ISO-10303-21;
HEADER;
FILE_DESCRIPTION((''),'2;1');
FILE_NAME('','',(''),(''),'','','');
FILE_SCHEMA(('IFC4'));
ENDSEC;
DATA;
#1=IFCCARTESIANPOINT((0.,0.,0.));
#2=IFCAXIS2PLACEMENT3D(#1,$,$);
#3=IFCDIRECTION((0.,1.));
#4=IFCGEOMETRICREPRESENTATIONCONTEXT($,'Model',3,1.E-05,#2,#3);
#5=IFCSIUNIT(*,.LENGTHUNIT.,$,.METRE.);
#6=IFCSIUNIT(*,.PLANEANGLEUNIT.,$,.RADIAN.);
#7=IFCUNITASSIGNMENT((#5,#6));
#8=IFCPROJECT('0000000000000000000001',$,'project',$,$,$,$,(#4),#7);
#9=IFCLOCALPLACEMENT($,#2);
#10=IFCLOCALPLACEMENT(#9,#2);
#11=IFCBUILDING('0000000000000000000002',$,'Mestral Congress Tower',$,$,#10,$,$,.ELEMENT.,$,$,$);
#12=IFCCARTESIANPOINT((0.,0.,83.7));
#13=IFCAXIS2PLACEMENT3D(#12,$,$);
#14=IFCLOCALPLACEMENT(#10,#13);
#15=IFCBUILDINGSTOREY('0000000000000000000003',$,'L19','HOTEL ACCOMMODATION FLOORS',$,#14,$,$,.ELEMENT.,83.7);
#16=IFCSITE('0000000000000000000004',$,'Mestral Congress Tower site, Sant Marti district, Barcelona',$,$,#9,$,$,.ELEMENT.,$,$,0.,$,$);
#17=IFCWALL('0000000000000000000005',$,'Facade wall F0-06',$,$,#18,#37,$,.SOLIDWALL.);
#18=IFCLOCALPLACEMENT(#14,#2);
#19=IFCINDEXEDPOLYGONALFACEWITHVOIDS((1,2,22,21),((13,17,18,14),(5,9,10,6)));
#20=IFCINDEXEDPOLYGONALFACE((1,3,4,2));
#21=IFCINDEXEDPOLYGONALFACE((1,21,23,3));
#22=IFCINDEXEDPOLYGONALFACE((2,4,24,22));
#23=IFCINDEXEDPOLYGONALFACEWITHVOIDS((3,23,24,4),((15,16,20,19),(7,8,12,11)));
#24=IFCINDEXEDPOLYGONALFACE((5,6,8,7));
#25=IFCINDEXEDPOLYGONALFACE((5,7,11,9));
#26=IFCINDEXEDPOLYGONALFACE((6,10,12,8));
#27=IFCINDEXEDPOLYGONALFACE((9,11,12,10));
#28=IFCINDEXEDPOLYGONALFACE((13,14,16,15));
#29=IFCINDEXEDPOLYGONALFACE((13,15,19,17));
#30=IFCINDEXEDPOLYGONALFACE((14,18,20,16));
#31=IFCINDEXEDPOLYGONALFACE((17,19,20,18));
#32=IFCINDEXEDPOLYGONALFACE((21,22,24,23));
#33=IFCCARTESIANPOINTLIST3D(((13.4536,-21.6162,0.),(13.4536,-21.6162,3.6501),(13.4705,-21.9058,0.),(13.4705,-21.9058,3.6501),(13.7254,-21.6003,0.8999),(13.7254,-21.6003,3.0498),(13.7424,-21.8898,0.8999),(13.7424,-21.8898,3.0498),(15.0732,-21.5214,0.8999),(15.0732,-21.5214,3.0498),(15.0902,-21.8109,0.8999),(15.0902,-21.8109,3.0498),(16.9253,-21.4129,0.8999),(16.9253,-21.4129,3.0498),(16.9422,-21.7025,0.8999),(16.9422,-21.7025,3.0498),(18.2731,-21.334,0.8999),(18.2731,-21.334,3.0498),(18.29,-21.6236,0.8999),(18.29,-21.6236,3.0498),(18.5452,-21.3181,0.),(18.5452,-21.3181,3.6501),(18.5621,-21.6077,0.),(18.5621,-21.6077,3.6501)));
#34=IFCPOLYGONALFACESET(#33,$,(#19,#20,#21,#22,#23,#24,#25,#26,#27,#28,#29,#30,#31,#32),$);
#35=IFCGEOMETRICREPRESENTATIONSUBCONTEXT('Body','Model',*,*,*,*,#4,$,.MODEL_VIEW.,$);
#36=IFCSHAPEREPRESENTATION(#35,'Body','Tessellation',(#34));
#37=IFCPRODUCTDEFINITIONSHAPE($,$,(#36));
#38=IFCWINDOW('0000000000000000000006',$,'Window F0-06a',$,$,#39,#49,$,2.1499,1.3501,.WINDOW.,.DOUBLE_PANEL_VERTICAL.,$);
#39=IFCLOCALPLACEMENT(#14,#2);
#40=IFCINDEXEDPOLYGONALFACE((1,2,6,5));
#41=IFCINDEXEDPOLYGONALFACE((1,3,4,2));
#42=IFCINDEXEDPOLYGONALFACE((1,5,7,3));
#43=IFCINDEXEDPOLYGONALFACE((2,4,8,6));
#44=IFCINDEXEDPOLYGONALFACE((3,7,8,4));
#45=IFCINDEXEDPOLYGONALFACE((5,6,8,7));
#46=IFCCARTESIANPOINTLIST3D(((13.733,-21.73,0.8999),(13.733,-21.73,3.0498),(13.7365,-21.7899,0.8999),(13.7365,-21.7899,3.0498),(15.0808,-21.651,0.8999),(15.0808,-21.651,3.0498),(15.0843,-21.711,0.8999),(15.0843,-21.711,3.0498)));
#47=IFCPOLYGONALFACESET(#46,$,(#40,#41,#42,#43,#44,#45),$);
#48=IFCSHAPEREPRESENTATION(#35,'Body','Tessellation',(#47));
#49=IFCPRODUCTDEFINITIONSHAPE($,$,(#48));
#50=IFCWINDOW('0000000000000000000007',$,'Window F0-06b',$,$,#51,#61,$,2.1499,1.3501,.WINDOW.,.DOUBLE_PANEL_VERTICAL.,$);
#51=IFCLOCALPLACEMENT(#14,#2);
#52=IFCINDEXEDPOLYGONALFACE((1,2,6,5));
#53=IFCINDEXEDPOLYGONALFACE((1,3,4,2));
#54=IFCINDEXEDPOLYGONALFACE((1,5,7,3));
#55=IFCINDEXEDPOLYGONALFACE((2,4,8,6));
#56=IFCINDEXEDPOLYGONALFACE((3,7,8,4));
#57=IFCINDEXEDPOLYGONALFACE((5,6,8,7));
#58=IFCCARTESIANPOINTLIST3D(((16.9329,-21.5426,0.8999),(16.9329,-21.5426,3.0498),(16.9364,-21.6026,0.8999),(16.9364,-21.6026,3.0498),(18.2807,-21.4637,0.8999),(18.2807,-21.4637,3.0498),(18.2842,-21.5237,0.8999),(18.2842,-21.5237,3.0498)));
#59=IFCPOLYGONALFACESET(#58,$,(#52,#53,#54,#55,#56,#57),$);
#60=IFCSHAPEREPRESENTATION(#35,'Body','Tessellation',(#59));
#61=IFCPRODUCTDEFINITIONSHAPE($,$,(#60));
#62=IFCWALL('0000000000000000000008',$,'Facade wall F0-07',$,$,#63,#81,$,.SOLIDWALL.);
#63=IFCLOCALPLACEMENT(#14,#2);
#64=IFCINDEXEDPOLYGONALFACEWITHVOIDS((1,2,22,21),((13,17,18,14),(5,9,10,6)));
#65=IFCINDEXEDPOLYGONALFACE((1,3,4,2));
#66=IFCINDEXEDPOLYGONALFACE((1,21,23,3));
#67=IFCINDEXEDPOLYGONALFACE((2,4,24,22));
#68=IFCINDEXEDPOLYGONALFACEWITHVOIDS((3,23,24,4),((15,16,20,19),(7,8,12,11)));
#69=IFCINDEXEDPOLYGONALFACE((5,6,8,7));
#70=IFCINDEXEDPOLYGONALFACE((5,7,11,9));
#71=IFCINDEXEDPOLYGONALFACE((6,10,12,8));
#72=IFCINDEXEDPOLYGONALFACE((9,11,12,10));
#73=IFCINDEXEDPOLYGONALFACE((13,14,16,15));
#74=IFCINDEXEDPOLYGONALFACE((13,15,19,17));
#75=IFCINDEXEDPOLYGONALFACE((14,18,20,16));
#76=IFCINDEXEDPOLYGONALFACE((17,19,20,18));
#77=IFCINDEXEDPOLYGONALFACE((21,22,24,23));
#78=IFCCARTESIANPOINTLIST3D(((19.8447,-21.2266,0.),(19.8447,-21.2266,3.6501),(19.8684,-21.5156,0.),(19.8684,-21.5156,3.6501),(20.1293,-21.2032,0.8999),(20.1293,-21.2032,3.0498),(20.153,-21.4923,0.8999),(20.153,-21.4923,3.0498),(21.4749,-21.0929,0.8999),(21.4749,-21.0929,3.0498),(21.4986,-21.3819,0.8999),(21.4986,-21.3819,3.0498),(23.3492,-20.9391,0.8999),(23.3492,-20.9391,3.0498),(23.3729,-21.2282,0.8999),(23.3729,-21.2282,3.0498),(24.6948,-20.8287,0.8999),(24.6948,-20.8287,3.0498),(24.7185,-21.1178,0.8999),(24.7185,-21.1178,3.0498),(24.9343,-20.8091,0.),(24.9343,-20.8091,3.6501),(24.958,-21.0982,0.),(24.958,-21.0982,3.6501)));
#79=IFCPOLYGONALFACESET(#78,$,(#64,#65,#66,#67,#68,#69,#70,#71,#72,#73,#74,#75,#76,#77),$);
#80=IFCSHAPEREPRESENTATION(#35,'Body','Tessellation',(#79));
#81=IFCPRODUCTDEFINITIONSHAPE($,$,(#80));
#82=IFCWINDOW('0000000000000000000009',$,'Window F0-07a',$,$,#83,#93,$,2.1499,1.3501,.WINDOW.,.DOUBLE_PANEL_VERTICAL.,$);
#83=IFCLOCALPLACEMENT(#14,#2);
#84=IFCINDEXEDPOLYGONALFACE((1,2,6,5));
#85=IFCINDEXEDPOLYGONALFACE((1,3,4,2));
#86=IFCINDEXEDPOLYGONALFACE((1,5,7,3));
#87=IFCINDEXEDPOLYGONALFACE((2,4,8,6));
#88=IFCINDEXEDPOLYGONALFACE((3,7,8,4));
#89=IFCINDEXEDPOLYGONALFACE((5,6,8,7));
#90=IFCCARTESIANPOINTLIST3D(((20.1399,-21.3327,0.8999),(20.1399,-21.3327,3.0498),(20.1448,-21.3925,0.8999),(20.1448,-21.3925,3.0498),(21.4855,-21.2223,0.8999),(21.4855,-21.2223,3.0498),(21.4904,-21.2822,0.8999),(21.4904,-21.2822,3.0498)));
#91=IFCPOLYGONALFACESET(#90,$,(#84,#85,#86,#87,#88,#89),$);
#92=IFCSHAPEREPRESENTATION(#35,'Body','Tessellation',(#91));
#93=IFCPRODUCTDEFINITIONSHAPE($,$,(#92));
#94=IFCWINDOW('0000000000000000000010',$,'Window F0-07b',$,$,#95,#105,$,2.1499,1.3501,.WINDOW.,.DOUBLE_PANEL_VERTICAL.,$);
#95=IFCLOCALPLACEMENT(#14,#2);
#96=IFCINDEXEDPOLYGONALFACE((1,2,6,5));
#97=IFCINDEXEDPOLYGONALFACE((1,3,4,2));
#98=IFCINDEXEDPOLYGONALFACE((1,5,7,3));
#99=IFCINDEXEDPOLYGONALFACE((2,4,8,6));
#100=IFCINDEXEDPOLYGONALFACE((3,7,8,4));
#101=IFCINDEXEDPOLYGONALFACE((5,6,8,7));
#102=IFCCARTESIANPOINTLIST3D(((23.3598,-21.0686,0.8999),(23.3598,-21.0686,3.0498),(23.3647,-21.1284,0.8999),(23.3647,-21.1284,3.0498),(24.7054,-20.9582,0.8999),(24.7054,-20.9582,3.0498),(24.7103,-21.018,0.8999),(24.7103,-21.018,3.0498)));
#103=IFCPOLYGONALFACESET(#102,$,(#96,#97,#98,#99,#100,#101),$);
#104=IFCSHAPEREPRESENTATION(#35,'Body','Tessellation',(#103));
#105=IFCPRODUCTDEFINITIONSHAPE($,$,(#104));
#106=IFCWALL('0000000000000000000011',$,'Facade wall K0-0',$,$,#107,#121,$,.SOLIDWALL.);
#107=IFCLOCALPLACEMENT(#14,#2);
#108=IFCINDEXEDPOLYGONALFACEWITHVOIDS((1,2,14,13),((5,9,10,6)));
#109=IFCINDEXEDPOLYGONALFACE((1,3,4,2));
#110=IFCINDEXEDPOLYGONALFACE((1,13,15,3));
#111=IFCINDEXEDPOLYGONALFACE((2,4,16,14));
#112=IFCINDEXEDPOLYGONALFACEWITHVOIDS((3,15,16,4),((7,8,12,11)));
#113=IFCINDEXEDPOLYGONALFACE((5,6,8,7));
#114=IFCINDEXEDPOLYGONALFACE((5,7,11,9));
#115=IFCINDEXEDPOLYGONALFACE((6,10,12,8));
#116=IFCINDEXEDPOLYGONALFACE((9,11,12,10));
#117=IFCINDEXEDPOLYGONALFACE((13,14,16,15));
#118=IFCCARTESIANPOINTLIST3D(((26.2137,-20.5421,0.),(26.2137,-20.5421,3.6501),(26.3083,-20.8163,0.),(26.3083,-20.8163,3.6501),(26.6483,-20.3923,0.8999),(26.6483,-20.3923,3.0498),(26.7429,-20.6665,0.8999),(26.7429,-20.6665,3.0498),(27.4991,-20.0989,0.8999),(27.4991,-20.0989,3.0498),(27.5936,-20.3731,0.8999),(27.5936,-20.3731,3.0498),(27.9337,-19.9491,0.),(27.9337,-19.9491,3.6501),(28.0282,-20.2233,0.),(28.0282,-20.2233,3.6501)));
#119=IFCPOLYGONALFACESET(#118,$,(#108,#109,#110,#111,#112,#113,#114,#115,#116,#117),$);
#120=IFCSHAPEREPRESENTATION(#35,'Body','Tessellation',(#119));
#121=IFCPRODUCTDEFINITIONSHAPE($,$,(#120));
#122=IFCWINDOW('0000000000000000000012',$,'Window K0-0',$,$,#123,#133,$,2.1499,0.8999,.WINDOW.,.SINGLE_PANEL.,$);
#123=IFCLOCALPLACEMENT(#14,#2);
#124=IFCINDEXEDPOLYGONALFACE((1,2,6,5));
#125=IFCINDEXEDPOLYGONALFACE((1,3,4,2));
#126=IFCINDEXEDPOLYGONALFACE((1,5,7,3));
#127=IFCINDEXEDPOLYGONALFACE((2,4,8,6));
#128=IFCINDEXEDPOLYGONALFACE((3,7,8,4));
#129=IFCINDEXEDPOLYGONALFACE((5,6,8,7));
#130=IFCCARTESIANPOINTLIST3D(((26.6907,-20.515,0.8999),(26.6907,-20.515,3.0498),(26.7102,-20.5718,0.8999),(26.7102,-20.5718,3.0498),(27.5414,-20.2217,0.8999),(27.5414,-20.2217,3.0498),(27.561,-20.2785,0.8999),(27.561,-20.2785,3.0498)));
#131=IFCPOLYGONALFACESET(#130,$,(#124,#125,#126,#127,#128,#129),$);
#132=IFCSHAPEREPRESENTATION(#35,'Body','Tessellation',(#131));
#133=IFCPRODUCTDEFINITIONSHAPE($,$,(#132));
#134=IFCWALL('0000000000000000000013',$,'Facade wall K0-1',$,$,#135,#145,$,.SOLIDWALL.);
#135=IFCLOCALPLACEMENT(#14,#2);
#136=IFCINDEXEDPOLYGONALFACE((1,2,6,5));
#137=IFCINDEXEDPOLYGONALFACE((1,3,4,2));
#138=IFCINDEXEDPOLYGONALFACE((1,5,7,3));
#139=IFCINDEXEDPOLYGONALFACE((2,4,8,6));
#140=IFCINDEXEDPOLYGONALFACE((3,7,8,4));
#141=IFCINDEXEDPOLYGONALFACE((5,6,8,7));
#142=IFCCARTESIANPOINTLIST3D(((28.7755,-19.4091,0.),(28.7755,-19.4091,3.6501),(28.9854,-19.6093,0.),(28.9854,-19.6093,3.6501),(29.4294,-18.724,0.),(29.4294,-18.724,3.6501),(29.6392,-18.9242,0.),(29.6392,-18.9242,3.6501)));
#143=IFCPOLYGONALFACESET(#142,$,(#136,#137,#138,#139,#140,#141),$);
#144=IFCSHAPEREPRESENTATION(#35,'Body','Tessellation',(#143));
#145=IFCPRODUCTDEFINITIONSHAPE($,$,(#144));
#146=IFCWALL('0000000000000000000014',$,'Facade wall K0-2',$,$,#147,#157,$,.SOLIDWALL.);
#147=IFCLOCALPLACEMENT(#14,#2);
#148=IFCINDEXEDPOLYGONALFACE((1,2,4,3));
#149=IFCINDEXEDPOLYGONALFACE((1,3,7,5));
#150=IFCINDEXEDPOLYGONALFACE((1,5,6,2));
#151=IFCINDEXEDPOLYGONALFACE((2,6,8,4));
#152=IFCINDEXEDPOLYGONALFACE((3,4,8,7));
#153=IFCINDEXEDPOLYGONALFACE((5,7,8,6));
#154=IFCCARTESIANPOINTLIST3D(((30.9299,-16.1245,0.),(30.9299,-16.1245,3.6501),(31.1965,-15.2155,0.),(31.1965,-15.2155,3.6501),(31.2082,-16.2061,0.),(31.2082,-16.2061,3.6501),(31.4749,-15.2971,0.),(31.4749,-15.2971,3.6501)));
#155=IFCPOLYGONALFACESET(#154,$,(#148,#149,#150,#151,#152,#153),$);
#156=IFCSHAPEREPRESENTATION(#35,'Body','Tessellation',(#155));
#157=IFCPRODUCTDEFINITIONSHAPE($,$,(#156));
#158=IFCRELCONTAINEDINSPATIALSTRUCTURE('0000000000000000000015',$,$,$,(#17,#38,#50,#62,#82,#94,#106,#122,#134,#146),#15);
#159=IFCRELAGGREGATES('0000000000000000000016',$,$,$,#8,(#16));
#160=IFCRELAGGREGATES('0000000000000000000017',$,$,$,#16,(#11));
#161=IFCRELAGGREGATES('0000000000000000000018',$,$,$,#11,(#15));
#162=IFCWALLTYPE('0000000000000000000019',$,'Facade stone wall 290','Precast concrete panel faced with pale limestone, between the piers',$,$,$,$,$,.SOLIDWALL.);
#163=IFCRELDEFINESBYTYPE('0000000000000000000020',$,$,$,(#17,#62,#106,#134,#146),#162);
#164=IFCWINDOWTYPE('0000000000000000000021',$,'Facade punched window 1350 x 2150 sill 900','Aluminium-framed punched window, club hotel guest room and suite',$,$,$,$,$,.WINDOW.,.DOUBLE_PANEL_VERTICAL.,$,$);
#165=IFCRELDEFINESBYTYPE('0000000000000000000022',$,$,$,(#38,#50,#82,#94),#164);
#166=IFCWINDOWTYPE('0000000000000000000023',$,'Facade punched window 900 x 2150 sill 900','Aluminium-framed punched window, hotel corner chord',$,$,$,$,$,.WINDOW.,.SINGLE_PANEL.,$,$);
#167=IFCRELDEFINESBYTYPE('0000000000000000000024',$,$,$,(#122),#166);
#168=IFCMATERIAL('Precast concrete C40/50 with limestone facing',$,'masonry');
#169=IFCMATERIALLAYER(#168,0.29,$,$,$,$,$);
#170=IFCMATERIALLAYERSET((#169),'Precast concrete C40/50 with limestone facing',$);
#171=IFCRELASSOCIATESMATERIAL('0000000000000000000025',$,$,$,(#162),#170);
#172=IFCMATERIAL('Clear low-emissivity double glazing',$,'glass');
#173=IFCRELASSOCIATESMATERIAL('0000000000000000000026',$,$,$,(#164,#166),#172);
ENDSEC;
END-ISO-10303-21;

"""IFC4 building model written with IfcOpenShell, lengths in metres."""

from ifc_helpers import new_model, si_unit, direction, frame, frame_2d, origin, place, context, subcontext, project, spatial, rectangle, extrude, material, layer, layer_set, type_object, element, fill, save


model = new_model("IFC4")

# Units and contexts
model_context = context("Model", 3, precision=1e-05, world=origin(), true_north=direction((0.0, 1.0)))
body_context = subcontext(model_context, "Body", "Model", "MODEL_VIEW")
ifc_project = project(units=[si_unit("LENGTHUNIT", "METRE"), si_unit("PLANEANGLEUNIT", "RADIAN")], contexts=[model_context])

# Site, building, storey
site_placement = place(None, origin())
site = spatial("IfcSite", under=ifc_project, at=site_placement, Name="Mestral Congress Tower site, Sant Marti district, Barcelona", CompositionType="ELEMENT", RefElevation=0.0)
building_placement = place(site_placement, origin())
building = spatial("IfcBuilding", under=site, at=building_placement, Name="Mestral Congress Tower", CompositionType="ELEMENT")
storey_placement = place(building_placement, frame((0.0, 0.0, 83.7)))
storey = spatial("IfcBuildingStorey", under=building, at=storey_placement, Name="L19", Description="HOTEL ACCOMMODATION FLOORS", CompositionType="ELEMENT", Elevation=83.7)

# Walls, openings, windows
ifc_material_1 = material(Name="Precast concrete C40/50 with limestone facing", Category="masonry")
ifc_layer_1 = layer(ifc_material_1, 0.29)
ifc_layer_set_1 = layer_set([ifc_layer_1], Name="Precast concrete C40/50 with limestone facing")
wall_type_1 = type_object("IfcWallType", Name="Facade stone wall 290", Description="Precast concrete panel faced with pale limestone, between the piers", PredefinedType="SOLIDWALL", material=ifc_layer_set_1)
wall_1_placement = place(storey_placement, frame((13.4619, -21.761, 0.0), z_axis=(0.0, 0.0, 1.0), x_axis=(0.998291, 0.058447, 0.0)))
wall_1 = element("IfcWall", 1, at=wall_1_placement, inside=storey, type_object=wall_type_1, Name="Facade wall F0-06", PredefinedType="SOLIDWALL", context=body_context, shape_type="SweptSolid", body=[
    extrude(rectangle(XDim=5.1003, YDim=0.29, at=frame_2d((2.5503, 0.0))), origin(), (0.0, 0.0, 1.0), 3.6501),
])
opening_1_placement = place(wall_1_placement, frame((0.2725, 0.0, 0.8999)))
opening_1 = element("IfcOpeningElement", 2, at=opening_1_placement, cuts=wall_1, PredefinedType="OPENING", context=body_context, shape_type="SweptSolid", body=[
    extrude(rectangle(XDim=1.3501, YDim=2.1499, at=frame_2d((0.675, 1.075))), frame((0.0, 0.155, 0.0), z_axis=(0.0, -1.0, 0.0), x_axis=(1.0, 0.0, 0.0)), (0.0, 0.0, 1.0), 0.3101),
])
opening_2_placement = place(wall_1_placement, frame((3.4778, 0.0, 0.8999)))
opening_2 = element("IfcOpeningElement", 3, at=opening_2_placement, cuts=wall_1, PredefinedType="OPENING", context=body_context, shape_type="SweptSolid", body=[
    extrude(rectangle(XDim=1.3501, YDim=2.1499, at=frame_2d((0.675, 1.075))), frame((0.0, 0.155, 0.0), z_axis=(0.0, -1.0, 0.0), x_axis=(1.0, 0.0, 0.0)), (0.0, 0.0, 1.0), 0.3101),
])
ifc_material_2 = material(Name="Clear low-emissivity double glazing", Category="glass")
window_type_1 = type_object("IfcWindowType", Name="Facade punched window 1350 x 2150 sill 900", Description="Aluminium-framed punched window, club hotel guest room and suite", PartitioningType="DOUBLE_PANEL_VERTICAL", PredefinedType="WINDOW", material=ifc_material_2)
window_1_placement = place(opening_1_placement, origin())
window_1 = element("IfcWindow", 4, at=window_1_placement, inside=storey, type_object=window_type_1, Name="Window F0-06a", OverallHeight=2.1499, OverallWidth=1.3501, PartitioningType="DOUBLE_PANEL_VERTICAL", PredefinedType="WINDOW", context=body_context, shape_type="SweptSolid", body=[
    extrude(rectangle(XDim=1.3501, YDim=2.1499, at=frame_2d((0.675, 1.075))), frame((0.0, 0.0151, 0.0), z_axis=(0.0, -1.0, 0.0), x_axis=(1.0, 0.0, 0.0)), (0.0, 0.0, 1.0), 0.0601),
])
fill(opening_1, window_1)
window_2_placement = place(opening_2_placement, origin())
window_2 = element("IfcWindow", 5, at=window_2_placement, inside=storey, type_object=window_type_1, Name="Window F0-06b", OverallHeight=2.1499, OverallWidth=1.3501, PartitioningType="DOUBLE_PANEL_VERTICAL", PredefinedType="WINDOW", context=body_context, shape_type="SweptSolid", body=[
    extrude(rectangle(XDim=1.3501, YDim=2.1499, at=frame_2d((0.675, 1.075))), frame((0.0, 0.0151, 0.0), z_axis=(0.0, -1.0, 0.0), x_axis=(1.0, 0.0, 0.0)), (0.0, 0.0, 1.0), 0.0601),
])
fill(opening_2, window_2)
wall_2_placement = place(storey_placement, frame((19.8567, -21.3711, 0.0), z_axis=(0.0, 0.0, 1.0), x_axis=(0.996653, 0.081752, 0.0)))
wall_2 = element("IfcWall", 6, at=wall_2_placement, inside=storey, type_object=wall_type_1, Name="Facade wall F0-07", PredefinedType="SOLIDWALL", context=body_context, shape_type="SweptSolid", body=[
    extrude(rectangle(XDim=5.1067, YDim=0.29, at=frame_2d((2.5532, 0.0))), origin(), (0.0, 0.0, 1.0), 3.6501),
])
opening_3_placement = place(wall_2_placement, frame((0.2854, 0.0, 0.8999)))
opening_3 = element("IfcOpeningElement", 7, at=opening_3_placement, cuts=wall_2, PredefinedType="OPENING", context=body_context, shape_type="SweptSolid", body=[
    extrude(rectangle(XDim=1.3501, YDim=2.1499, at=frame_2d((0.675, 1.075))), frame((0.0, 0.155, 0.0), z_axis=(0.0, -1.0, 0.0), x_axis=(1.0, 0.0, 0.0)), (0.0, 0.0, 1.0), 0.3101),
])
opening_4_placement = place(wall_2_placement, frame((3.5161, 0.0, 0.8999)))
opening_4 = element("IfcOpeningElement", 8, at=opening_4_placement, cuts=wall_2, PredefinedType="OPENING", context=body_context, shape_type="SweptSolid", body=[
    extrude(rectangle(XDim=1.3501, YDim=2.1499, at=frame_2d((0.675, 1.075))), frame((0.0, 0.155, 0.0), z_axis=(0.0, -1.0, 0.0), x_axis=(1.0, 0.0, 0.0)), (0.0, 0.0, 1.0), 0.3101),
])
window_3_placement = place(opening_3_placement, origin())
window_3 = element("IfcWindow", 9, at=window_3_placement, inside=storey, type_object=window_type_1, Name="Window F0-07a", OverallHeight=2.1499, OverallWidth=1.3501, PartitioningType="DOUBLE_PANEL_VERTICAL", PredefinedType="WINDOW", context=body_context, shape_type="SweptSolid", body=[
    extrude(rectangle(XDim=1.3501, YDim=2.1499, at=frame_2d((0.675, 1.075))), frame((0.0, 0.0151, 0.0), z_axis=(0.0, -1.0, 0.0), x_axis=(1.0, 0.0, 0.0)), (0.0, 0.0, 1.0), 0.0601),
])
fill(opening_3, window_3)
window_4_placement = place(opening_4_placement, origin())
window_4 = element("IfcWindow", 10, at=window_4_placement, inside=storey, type_object=window_type_1, Name="Window F0-07b", OverallHeight=2.1499, OverallWidth=1.3501, PartitioningType="DOUBLE_PANEL_VERTICAL", PredefinedType="WINDOW", context=body_context, shape_type="SweptSolid", body=[
    extrude(rectangle(XDim=1.3501, YDim=2.1499, at=frame_2d((0.675, 1.075))), frame((0.0, 0.0151, 0.0), z_axis=(0.0, -1.0, 0.0), x_axis=(1.0, 0.0, 0.0)), (0.0, 0.0, 1.0), 0.0601),
])
fill(opening_4, window_4)

# Wall, opening, window
wall_3_placement = place(storey_placement, frame((26.261, -20.6792, 0.0), z_axis=(0.0, 0.0, 1.0), x_axis=(0.945386, 0.325953, 0.0)))
wall_3 = element("IfcWall", 11, at=wall_3_placement, inside=storey, type_object=wall_type_1, Name="Facade wall K0-0", PredefinedType="SOLIDWALL", context=body_context, shape_type="SweptSolid", body=[
    extrude(rectangle(XDim=1.8193, YDim=0.29, at=frame_2d((0.9097, 0.0))), origin(), (0.0, 0.0, 1.0), 3.6501),
])
opening_5_placement = place(wall_3_placement, frame((0.4597, 0.0, 0.8999)))
opening_5 = element("IfcOpeningElement", 12, at=opening_5_placement, cuts=wall_3, PredefinedType="OPENING", context=body_context, shape_type="SweptSolid", body=[
    extrude(rectangle(XDim=0.8999, YDim=2.1499, at=frame_2d((0.45, 1.075))), frame((0.0, 0.155, 0.0), z_axis=(0.0, -1.0, 0.0), x_axis=(1.0, 0.0, 0.0)), (0.0, 0.0, 1.0), 0.3101),
])
window_type_2 = type_object("IfcWindowType", Name="Facade punched window 900 x 2150 sill 900", Description="Aluminium-framed punched window, hotel corner chord", PartitioningType="SINGLE_PANEL", PredefinedType="WINDOW", material=ifc_material_2)
window_5_placement = place(opening_5_placement, origin())
window_5 = element("IfcWindow", 13, at=window_5_placement, inside=storey, type_object=window_type_2, Name="Window K0-0", OverallHeight=2.1499, OverallWidth=0.8999, PartitioningType="SINGLE_PANEL", PredefinedType="WINDOW", context=body_context, shape_type="SweptSolid", body=[
    extrude(rectangle(XDim=0.8999, YDim=2.1499, at=frame_2d((0.45, 1.075))), frame((0.0, 0.0151, 0.0), z_axis=(0.0, -1.0, 0.0), x_axis=(1.0, 0.0, 0.0)), (0.0, 0.0, 1.0), 0.0601),
])
fill(opening_5, window_5)

# Walls
wall_4_placement = place(storey_placement, frame((28.8804, -19.5093, 0.0), z_axis=(0.0, 0.0, 1.0), x_axis=(0.690414, 0.723414, 0.0)))
element("IfcWall", 14, at=wall_4_placement, inside=storey, type_object=wall_type_1, Name="Facade wall K0-1", PredefinedType="SOLIDWALL", context=body_context, shape_type="SweptSolid", body=[
    extrude(rectangle(XDim=0.947, YDim=0.29, at=frame_2d((0.4736, 0.0))), origin(), (0.0, 0.0, 1.0), 3.6501),
])
wall_5_placement = place(storey_placement, frame((31.0691, -16.1653, 0.0), z_axis=(0.0, 0.0, 1.0), x_axis=(0.281455, 0.959575, 0.0)))
element("IfcWall", 15, at=wall_5_placement, inside=storey, type_object=wall_type_1, Name="Facade wall K0-2", PredefinedType="SOLIDWALL", context=body_context, shape_type="SweptSolid", body=[
    extrude(rectangle(XDim=0.9473, YDim=0.29, at=frame_2d((0.4736, 0.0))), origin(), (0.0, 0.0, 1.0), 3.6501),
])

save(model, "model.ifc")
